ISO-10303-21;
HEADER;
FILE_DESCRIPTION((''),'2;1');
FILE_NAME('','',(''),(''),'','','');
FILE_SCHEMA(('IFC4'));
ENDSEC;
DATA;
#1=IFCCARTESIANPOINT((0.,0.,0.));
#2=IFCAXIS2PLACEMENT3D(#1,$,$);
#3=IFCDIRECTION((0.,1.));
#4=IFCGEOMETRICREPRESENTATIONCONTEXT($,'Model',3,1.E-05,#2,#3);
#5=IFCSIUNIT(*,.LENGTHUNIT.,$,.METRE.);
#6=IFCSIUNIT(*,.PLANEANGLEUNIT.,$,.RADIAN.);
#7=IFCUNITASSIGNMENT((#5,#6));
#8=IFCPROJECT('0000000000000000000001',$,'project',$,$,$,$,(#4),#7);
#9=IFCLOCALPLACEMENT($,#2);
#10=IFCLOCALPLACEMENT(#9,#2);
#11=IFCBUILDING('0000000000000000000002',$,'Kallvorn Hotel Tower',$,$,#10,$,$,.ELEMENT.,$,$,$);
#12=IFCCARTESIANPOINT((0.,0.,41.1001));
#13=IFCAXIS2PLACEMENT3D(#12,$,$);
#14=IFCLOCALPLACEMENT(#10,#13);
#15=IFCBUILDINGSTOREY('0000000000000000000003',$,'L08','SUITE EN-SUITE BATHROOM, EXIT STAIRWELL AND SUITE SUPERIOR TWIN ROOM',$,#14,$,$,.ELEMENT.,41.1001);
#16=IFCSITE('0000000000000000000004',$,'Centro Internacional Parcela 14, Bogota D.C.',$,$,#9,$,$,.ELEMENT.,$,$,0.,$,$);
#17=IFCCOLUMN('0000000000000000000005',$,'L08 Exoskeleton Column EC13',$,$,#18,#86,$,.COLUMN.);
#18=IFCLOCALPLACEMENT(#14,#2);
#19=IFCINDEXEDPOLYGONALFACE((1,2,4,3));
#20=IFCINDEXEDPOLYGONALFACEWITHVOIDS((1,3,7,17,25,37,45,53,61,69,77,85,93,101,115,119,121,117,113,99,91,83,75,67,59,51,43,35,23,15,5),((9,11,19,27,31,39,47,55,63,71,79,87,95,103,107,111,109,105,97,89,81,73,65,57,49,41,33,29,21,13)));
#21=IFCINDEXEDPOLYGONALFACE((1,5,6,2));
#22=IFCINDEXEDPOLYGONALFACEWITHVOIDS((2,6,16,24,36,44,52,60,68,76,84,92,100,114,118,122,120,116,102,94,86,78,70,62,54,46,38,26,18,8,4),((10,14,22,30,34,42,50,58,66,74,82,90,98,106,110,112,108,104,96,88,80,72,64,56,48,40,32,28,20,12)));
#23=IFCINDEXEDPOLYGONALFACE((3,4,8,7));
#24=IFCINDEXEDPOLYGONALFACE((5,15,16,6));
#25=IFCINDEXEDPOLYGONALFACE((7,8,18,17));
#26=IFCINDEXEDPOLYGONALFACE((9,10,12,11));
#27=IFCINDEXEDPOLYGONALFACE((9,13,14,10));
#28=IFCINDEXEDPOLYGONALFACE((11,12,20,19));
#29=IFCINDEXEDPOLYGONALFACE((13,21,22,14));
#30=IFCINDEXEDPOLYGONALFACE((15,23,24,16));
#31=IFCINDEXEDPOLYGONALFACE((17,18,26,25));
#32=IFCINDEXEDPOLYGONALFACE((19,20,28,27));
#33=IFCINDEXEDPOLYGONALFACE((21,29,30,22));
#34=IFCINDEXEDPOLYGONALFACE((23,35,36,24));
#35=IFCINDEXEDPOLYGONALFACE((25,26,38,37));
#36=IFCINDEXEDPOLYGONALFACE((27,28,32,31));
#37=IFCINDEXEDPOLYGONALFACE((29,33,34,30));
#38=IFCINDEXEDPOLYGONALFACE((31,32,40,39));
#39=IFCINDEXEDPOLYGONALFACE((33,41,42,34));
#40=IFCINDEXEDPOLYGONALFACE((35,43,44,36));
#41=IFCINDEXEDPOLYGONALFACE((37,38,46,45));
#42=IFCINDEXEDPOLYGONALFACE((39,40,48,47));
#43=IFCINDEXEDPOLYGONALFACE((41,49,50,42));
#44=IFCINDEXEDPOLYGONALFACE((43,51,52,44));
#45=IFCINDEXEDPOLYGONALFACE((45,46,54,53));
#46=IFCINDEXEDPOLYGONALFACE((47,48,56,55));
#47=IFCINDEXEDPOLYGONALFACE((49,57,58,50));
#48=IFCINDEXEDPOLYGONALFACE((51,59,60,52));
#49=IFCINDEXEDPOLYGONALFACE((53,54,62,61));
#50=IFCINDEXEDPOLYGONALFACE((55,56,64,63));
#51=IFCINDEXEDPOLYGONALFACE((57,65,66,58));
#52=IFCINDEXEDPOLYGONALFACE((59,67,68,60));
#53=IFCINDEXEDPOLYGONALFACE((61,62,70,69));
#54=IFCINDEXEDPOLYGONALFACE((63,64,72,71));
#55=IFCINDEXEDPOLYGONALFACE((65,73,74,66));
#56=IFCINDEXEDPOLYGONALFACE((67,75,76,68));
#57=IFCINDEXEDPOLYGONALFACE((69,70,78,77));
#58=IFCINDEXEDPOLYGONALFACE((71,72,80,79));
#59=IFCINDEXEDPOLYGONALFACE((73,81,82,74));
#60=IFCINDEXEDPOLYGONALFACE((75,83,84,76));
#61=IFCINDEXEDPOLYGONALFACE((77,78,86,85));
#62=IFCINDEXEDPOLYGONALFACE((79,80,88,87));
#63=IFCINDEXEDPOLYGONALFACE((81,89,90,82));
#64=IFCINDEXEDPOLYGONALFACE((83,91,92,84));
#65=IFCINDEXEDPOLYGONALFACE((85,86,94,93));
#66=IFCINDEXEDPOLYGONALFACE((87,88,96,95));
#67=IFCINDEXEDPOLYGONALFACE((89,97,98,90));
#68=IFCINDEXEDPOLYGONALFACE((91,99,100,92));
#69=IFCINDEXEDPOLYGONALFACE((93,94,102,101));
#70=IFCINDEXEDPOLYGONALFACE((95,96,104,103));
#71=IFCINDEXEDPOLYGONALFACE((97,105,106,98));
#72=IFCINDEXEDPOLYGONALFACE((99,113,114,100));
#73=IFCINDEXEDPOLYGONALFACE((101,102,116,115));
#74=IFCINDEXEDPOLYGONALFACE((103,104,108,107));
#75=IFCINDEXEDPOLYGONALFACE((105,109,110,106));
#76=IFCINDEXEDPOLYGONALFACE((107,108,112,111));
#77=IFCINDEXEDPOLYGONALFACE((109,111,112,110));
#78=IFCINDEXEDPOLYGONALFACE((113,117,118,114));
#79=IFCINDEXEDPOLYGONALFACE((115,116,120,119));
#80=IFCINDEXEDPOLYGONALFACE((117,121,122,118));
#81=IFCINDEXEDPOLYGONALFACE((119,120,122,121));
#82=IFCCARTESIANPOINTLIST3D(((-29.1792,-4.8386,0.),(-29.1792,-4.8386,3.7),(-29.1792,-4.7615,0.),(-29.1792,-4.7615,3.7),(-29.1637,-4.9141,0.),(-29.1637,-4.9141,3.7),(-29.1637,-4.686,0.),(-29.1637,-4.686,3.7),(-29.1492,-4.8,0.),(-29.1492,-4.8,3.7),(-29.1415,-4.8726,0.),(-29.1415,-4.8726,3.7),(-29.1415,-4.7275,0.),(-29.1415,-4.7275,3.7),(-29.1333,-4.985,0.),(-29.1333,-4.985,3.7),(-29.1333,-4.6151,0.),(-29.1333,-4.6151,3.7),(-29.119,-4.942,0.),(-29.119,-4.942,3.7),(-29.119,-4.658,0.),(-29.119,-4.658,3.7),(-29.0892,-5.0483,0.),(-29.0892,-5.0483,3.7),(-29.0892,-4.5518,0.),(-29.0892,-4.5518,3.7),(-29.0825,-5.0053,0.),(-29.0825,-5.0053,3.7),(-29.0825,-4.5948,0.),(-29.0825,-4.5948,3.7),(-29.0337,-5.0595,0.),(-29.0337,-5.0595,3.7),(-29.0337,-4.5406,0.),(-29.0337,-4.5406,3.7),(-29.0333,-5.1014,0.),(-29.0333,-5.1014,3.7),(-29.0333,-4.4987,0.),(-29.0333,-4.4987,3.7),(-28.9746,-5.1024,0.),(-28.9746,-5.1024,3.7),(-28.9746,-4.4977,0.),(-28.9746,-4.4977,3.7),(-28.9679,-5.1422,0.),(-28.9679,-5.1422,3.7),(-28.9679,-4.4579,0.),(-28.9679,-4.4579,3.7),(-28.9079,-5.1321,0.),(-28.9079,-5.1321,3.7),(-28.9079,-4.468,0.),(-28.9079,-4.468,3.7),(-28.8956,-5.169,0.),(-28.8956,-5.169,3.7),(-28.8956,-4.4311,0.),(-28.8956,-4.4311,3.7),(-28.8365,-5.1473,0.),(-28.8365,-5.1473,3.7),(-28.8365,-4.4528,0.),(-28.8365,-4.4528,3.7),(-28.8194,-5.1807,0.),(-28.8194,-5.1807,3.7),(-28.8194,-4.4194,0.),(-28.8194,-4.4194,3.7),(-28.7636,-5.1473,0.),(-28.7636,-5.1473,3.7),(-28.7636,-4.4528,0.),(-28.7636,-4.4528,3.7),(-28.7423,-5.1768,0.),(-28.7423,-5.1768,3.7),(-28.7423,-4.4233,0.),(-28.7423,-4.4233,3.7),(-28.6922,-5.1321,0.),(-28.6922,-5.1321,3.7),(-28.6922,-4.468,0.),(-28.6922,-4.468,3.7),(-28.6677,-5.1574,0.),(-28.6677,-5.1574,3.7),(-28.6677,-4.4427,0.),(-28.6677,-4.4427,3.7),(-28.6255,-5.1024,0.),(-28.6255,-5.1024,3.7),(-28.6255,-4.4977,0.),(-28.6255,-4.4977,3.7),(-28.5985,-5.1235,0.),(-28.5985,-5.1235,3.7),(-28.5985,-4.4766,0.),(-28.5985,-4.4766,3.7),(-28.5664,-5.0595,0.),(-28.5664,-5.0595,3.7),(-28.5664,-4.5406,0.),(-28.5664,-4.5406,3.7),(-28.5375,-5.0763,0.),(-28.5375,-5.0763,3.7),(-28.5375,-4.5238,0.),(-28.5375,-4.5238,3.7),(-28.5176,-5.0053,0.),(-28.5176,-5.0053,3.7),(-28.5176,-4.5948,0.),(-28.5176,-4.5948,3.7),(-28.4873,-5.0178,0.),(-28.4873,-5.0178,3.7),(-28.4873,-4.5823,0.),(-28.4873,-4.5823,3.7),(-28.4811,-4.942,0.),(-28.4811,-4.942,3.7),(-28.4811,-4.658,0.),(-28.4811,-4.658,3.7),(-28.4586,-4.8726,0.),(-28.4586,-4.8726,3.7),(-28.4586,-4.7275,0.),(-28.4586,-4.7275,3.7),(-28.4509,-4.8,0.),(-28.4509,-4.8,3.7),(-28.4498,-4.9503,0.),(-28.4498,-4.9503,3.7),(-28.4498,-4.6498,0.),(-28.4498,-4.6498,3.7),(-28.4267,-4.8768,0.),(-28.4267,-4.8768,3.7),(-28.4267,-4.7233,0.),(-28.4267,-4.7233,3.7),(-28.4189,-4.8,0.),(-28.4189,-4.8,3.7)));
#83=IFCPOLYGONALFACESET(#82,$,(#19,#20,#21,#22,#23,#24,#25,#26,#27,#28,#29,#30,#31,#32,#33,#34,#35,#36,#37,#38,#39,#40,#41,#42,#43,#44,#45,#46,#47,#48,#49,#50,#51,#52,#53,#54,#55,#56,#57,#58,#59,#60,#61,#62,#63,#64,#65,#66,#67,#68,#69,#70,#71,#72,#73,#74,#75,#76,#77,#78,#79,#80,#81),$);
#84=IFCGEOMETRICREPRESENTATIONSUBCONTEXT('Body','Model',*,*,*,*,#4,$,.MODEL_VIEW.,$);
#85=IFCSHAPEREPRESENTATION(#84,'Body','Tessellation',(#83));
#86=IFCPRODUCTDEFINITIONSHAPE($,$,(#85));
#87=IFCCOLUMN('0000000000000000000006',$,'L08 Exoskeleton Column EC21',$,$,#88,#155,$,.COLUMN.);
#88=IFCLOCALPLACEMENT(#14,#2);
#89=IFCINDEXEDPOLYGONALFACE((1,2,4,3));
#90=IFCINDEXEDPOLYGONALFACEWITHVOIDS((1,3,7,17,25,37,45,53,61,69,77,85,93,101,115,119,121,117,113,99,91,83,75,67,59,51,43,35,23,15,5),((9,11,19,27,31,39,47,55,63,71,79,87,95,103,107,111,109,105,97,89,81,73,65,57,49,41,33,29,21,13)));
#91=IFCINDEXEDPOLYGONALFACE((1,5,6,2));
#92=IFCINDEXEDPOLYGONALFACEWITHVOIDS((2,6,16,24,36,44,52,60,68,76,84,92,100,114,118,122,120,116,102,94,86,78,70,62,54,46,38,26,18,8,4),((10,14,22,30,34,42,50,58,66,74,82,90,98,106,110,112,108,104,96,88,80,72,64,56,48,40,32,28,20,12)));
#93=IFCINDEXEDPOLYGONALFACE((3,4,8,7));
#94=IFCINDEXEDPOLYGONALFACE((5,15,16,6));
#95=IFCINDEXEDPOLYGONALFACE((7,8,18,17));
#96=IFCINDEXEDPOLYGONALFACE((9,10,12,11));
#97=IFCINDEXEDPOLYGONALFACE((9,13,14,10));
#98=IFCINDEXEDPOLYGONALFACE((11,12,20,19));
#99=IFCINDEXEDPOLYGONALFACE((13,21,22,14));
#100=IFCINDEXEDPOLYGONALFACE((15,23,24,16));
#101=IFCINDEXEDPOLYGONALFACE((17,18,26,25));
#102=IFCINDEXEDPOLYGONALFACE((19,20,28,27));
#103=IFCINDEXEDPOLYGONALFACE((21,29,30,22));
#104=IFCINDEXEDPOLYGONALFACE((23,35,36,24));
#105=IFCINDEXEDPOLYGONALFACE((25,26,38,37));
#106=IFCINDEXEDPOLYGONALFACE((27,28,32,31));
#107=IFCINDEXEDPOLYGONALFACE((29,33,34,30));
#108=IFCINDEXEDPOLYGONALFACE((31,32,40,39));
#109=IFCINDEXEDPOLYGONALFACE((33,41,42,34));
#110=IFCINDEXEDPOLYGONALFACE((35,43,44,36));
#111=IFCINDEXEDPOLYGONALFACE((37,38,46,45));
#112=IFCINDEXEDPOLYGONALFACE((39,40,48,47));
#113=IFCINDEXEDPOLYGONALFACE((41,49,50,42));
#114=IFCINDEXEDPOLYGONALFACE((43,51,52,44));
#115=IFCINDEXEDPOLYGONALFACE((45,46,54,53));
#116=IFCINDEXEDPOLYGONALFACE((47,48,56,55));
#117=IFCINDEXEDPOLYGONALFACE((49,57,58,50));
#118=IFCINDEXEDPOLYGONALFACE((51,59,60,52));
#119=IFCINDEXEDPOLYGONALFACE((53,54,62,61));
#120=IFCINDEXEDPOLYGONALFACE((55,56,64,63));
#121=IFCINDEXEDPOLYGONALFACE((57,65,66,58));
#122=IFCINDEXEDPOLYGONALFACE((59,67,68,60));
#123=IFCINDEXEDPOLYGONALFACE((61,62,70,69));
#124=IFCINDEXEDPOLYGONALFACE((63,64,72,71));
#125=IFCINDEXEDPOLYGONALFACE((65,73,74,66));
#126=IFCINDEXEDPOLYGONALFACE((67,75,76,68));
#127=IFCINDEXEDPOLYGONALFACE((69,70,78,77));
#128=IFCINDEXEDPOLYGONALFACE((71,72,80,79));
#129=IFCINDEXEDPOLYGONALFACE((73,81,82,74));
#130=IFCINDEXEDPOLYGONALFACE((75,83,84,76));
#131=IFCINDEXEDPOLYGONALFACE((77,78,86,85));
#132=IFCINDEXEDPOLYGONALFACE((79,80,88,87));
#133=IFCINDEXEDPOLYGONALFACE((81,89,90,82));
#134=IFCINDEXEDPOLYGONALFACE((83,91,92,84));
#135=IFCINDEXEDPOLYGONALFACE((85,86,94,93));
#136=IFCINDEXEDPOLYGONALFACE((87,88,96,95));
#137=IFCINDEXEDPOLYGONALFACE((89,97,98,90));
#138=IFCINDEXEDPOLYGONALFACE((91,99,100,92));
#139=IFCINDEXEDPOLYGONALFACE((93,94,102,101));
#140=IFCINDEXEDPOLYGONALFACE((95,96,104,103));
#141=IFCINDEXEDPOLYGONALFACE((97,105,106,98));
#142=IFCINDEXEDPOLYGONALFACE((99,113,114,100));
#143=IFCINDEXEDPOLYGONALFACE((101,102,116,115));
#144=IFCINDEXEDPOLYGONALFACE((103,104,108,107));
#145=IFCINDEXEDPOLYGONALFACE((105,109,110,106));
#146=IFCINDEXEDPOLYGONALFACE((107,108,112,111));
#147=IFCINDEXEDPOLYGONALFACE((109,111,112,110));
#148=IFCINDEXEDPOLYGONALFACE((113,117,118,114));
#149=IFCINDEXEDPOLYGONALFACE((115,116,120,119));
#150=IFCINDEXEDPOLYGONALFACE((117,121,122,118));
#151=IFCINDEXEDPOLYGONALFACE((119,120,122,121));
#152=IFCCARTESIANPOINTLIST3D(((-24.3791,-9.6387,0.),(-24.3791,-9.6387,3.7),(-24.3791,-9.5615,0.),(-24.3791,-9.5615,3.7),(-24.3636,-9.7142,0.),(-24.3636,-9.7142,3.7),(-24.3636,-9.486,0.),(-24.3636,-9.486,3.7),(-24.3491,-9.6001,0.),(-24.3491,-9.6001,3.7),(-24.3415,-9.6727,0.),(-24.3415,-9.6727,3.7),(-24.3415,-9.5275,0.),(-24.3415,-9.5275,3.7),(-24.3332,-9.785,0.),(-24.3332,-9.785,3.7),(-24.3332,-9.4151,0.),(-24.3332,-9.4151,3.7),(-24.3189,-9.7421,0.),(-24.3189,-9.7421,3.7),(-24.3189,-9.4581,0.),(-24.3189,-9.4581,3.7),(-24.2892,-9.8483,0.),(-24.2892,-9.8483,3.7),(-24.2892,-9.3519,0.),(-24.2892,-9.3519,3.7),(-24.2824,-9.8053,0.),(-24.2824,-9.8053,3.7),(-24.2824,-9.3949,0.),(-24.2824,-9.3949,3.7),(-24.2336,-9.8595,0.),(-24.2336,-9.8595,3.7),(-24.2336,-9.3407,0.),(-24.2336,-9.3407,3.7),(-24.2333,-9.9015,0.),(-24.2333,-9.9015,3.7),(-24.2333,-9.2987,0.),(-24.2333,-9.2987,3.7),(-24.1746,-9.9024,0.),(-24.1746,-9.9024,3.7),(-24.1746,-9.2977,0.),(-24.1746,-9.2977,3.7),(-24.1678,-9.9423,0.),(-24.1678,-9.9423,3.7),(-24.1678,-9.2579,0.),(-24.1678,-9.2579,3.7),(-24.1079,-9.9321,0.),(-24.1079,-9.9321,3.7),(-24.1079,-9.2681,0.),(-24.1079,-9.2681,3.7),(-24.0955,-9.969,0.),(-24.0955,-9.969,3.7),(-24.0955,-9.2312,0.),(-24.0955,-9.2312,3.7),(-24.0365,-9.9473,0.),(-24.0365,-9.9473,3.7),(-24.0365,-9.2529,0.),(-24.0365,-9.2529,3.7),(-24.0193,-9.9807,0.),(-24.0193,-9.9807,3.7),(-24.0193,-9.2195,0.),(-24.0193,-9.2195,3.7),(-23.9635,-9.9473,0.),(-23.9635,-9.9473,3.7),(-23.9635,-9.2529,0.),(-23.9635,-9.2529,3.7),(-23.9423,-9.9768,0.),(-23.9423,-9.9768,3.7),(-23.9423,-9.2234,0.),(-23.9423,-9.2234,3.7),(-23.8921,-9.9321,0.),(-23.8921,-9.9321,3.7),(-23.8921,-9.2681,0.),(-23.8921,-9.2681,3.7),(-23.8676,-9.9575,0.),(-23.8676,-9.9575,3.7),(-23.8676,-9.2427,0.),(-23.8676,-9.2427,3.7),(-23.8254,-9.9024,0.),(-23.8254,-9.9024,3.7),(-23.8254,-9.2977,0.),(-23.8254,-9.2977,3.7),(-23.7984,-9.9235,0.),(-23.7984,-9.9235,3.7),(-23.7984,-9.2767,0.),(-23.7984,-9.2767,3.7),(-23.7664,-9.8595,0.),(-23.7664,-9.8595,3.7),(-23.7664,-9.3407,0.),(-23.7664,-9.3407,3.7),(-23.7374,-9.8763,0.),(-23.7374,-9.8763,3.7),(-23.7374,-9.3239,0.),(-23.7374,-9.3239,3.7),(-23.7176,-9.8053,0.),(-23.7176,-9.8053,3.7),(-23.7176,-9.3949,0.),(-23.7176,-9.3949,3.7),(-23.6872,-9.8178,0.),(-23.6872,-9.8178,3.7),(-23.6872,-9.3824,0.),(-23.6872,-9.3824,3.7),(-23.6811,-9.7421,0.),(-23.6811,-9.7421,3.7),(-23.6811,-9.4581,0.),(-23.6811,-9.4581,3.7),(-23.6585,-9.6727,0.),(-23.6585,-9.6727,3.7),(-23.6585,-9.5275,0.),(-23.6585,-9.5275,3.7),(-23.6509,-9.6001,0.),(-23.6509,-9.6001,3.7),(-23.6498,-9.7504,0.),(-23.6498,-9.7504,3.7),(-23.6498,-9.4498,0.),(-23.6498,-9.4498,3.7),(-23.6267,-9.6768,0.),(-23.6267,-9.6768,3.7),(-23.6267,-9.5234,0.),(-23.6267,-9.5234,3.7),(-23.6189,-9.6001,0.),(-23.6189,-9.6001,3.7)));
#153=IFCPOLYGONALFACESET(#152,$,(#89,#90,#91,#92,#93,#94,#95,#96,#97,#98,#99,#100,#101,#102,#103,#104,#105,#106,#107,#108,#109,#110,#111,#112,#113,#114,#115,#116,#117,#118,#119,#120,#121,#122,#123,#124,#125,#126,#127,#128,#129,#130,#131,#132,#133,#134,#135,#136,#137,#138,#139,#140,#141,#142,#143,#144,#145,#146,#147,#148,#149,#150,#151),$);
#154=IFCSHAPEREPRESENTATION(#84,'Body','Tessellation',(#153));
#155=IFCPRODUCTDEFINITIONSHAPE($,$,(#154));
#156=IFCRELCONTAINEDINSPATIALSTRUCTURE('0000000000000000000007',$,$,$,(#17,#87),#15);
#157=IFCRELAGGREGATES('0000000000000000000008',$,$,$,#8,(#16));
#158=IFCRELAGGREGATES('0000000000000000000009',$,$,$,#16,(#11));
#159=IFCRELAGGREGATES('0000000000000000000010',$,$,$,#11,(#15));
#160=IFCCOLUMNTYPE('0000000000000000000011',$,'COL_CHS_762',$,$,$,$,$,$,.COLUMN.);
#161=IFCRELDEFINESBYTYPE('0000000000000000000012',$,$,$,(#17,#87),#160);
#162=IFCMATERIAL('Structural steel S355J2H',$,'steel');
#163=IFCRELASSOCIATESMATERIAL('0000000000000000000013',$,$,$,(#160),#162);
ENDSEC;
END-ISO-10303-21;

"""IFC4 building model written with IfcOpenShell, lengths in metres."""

from ifc_helpers import new_model, si_unit, direction, frame, origin, origin_2d, place, context, subcontext, project, spatial, hollow_circle, extrude, material, material_profile, profile_set, type_object, element, save


model = new_model("IFC4")

# Units and contexts
model_context = context("Model", 3, precision=1e-05, world=origin(), true_north=direction((0.0, 1.0)))
body_context = subcontext(model_context, "Body", "Model", "MODEL_VIEW")
ifc_project = project(units=[si_unit("LENGTHUNIT", "METRE"), si_unit("PLANEANGLEUNIT", "RADIAN")], contexts=[model_context])

# Site, building, storey
site_placement = place(None, origin())
site = spatial("IfcSite", under=ifc_project, at=site_placement, Name="Centro Internacional Parcela 14, Bogota D.C.", CompositionType="ELEMENT", RefElevation=0.0)
building_placement = place(site_placement, origin())
building = spatial("IfcBuilding", under=site, at=building_placement, Name="Kallvorn Hotel Tower", CompositionType="ELEMENT")
storey_placement = place(building_placement, frame((0.0, 0.0, 41.1001)))
storey = spatial("IfcBuildingStorey", under=building, at=storey_placement, Name="L08", Description="SUITE EN-SUITE BATHROOM, EXIT STAIRWELL AND SUITE SUPERIOR TWIN ROOM", CompositionType="ELEMENT", Elevation=41.1001)

# Columns
ifc_material_1 = material(Name="Structural steel S355J2H", Category="steel")
ifc_material_profile_1 = material_profile(ifc_material_1, hollow_circle(Radius=0.3811, WallThickness=0.032, at=origin_2d()), Name="CHS 762x32")
ifc_profile_set_1 = profile_set([ifc_material_profile_1], Name="Structural steel S355J2H")
column_type_1 = type_object("IfcColumnType", Name="COL_CHS_762", PredefinedType="COLUMN", material=ifc_profile_set_1)
for number, where, z_axis, x_axis, name in (
    (1, (-28.8, -4.8, 0.0), (0.0, 0.0, 1.0), (1.0, 0.0, 0.0), "L08 Exoskeleton Column EC13"),
    (2, (-24.0, -9.6001, 0.0), (0.0, 0.0, 1.0), (1.0, 0.0, 0.0), "L08 Exoskeleton Column EC21"),
):
    element("IfcColumn", number, at=place(storey_placement, frame(where, z_axis=z_axis, x_axis=x_axis)), inside=storey, type_object=column_type_1, Name=name, PredefinedType="COLUMN", context=body_context, shape_type="SweptSolid", body=[
        extrude(hollow_circle(Radius=0.3811, WallThickness=0.032, at=origin_2d()), origin(), (0.0, 0.0, 1.0), 3.7),
    ])

save(model, "model.ifc")
